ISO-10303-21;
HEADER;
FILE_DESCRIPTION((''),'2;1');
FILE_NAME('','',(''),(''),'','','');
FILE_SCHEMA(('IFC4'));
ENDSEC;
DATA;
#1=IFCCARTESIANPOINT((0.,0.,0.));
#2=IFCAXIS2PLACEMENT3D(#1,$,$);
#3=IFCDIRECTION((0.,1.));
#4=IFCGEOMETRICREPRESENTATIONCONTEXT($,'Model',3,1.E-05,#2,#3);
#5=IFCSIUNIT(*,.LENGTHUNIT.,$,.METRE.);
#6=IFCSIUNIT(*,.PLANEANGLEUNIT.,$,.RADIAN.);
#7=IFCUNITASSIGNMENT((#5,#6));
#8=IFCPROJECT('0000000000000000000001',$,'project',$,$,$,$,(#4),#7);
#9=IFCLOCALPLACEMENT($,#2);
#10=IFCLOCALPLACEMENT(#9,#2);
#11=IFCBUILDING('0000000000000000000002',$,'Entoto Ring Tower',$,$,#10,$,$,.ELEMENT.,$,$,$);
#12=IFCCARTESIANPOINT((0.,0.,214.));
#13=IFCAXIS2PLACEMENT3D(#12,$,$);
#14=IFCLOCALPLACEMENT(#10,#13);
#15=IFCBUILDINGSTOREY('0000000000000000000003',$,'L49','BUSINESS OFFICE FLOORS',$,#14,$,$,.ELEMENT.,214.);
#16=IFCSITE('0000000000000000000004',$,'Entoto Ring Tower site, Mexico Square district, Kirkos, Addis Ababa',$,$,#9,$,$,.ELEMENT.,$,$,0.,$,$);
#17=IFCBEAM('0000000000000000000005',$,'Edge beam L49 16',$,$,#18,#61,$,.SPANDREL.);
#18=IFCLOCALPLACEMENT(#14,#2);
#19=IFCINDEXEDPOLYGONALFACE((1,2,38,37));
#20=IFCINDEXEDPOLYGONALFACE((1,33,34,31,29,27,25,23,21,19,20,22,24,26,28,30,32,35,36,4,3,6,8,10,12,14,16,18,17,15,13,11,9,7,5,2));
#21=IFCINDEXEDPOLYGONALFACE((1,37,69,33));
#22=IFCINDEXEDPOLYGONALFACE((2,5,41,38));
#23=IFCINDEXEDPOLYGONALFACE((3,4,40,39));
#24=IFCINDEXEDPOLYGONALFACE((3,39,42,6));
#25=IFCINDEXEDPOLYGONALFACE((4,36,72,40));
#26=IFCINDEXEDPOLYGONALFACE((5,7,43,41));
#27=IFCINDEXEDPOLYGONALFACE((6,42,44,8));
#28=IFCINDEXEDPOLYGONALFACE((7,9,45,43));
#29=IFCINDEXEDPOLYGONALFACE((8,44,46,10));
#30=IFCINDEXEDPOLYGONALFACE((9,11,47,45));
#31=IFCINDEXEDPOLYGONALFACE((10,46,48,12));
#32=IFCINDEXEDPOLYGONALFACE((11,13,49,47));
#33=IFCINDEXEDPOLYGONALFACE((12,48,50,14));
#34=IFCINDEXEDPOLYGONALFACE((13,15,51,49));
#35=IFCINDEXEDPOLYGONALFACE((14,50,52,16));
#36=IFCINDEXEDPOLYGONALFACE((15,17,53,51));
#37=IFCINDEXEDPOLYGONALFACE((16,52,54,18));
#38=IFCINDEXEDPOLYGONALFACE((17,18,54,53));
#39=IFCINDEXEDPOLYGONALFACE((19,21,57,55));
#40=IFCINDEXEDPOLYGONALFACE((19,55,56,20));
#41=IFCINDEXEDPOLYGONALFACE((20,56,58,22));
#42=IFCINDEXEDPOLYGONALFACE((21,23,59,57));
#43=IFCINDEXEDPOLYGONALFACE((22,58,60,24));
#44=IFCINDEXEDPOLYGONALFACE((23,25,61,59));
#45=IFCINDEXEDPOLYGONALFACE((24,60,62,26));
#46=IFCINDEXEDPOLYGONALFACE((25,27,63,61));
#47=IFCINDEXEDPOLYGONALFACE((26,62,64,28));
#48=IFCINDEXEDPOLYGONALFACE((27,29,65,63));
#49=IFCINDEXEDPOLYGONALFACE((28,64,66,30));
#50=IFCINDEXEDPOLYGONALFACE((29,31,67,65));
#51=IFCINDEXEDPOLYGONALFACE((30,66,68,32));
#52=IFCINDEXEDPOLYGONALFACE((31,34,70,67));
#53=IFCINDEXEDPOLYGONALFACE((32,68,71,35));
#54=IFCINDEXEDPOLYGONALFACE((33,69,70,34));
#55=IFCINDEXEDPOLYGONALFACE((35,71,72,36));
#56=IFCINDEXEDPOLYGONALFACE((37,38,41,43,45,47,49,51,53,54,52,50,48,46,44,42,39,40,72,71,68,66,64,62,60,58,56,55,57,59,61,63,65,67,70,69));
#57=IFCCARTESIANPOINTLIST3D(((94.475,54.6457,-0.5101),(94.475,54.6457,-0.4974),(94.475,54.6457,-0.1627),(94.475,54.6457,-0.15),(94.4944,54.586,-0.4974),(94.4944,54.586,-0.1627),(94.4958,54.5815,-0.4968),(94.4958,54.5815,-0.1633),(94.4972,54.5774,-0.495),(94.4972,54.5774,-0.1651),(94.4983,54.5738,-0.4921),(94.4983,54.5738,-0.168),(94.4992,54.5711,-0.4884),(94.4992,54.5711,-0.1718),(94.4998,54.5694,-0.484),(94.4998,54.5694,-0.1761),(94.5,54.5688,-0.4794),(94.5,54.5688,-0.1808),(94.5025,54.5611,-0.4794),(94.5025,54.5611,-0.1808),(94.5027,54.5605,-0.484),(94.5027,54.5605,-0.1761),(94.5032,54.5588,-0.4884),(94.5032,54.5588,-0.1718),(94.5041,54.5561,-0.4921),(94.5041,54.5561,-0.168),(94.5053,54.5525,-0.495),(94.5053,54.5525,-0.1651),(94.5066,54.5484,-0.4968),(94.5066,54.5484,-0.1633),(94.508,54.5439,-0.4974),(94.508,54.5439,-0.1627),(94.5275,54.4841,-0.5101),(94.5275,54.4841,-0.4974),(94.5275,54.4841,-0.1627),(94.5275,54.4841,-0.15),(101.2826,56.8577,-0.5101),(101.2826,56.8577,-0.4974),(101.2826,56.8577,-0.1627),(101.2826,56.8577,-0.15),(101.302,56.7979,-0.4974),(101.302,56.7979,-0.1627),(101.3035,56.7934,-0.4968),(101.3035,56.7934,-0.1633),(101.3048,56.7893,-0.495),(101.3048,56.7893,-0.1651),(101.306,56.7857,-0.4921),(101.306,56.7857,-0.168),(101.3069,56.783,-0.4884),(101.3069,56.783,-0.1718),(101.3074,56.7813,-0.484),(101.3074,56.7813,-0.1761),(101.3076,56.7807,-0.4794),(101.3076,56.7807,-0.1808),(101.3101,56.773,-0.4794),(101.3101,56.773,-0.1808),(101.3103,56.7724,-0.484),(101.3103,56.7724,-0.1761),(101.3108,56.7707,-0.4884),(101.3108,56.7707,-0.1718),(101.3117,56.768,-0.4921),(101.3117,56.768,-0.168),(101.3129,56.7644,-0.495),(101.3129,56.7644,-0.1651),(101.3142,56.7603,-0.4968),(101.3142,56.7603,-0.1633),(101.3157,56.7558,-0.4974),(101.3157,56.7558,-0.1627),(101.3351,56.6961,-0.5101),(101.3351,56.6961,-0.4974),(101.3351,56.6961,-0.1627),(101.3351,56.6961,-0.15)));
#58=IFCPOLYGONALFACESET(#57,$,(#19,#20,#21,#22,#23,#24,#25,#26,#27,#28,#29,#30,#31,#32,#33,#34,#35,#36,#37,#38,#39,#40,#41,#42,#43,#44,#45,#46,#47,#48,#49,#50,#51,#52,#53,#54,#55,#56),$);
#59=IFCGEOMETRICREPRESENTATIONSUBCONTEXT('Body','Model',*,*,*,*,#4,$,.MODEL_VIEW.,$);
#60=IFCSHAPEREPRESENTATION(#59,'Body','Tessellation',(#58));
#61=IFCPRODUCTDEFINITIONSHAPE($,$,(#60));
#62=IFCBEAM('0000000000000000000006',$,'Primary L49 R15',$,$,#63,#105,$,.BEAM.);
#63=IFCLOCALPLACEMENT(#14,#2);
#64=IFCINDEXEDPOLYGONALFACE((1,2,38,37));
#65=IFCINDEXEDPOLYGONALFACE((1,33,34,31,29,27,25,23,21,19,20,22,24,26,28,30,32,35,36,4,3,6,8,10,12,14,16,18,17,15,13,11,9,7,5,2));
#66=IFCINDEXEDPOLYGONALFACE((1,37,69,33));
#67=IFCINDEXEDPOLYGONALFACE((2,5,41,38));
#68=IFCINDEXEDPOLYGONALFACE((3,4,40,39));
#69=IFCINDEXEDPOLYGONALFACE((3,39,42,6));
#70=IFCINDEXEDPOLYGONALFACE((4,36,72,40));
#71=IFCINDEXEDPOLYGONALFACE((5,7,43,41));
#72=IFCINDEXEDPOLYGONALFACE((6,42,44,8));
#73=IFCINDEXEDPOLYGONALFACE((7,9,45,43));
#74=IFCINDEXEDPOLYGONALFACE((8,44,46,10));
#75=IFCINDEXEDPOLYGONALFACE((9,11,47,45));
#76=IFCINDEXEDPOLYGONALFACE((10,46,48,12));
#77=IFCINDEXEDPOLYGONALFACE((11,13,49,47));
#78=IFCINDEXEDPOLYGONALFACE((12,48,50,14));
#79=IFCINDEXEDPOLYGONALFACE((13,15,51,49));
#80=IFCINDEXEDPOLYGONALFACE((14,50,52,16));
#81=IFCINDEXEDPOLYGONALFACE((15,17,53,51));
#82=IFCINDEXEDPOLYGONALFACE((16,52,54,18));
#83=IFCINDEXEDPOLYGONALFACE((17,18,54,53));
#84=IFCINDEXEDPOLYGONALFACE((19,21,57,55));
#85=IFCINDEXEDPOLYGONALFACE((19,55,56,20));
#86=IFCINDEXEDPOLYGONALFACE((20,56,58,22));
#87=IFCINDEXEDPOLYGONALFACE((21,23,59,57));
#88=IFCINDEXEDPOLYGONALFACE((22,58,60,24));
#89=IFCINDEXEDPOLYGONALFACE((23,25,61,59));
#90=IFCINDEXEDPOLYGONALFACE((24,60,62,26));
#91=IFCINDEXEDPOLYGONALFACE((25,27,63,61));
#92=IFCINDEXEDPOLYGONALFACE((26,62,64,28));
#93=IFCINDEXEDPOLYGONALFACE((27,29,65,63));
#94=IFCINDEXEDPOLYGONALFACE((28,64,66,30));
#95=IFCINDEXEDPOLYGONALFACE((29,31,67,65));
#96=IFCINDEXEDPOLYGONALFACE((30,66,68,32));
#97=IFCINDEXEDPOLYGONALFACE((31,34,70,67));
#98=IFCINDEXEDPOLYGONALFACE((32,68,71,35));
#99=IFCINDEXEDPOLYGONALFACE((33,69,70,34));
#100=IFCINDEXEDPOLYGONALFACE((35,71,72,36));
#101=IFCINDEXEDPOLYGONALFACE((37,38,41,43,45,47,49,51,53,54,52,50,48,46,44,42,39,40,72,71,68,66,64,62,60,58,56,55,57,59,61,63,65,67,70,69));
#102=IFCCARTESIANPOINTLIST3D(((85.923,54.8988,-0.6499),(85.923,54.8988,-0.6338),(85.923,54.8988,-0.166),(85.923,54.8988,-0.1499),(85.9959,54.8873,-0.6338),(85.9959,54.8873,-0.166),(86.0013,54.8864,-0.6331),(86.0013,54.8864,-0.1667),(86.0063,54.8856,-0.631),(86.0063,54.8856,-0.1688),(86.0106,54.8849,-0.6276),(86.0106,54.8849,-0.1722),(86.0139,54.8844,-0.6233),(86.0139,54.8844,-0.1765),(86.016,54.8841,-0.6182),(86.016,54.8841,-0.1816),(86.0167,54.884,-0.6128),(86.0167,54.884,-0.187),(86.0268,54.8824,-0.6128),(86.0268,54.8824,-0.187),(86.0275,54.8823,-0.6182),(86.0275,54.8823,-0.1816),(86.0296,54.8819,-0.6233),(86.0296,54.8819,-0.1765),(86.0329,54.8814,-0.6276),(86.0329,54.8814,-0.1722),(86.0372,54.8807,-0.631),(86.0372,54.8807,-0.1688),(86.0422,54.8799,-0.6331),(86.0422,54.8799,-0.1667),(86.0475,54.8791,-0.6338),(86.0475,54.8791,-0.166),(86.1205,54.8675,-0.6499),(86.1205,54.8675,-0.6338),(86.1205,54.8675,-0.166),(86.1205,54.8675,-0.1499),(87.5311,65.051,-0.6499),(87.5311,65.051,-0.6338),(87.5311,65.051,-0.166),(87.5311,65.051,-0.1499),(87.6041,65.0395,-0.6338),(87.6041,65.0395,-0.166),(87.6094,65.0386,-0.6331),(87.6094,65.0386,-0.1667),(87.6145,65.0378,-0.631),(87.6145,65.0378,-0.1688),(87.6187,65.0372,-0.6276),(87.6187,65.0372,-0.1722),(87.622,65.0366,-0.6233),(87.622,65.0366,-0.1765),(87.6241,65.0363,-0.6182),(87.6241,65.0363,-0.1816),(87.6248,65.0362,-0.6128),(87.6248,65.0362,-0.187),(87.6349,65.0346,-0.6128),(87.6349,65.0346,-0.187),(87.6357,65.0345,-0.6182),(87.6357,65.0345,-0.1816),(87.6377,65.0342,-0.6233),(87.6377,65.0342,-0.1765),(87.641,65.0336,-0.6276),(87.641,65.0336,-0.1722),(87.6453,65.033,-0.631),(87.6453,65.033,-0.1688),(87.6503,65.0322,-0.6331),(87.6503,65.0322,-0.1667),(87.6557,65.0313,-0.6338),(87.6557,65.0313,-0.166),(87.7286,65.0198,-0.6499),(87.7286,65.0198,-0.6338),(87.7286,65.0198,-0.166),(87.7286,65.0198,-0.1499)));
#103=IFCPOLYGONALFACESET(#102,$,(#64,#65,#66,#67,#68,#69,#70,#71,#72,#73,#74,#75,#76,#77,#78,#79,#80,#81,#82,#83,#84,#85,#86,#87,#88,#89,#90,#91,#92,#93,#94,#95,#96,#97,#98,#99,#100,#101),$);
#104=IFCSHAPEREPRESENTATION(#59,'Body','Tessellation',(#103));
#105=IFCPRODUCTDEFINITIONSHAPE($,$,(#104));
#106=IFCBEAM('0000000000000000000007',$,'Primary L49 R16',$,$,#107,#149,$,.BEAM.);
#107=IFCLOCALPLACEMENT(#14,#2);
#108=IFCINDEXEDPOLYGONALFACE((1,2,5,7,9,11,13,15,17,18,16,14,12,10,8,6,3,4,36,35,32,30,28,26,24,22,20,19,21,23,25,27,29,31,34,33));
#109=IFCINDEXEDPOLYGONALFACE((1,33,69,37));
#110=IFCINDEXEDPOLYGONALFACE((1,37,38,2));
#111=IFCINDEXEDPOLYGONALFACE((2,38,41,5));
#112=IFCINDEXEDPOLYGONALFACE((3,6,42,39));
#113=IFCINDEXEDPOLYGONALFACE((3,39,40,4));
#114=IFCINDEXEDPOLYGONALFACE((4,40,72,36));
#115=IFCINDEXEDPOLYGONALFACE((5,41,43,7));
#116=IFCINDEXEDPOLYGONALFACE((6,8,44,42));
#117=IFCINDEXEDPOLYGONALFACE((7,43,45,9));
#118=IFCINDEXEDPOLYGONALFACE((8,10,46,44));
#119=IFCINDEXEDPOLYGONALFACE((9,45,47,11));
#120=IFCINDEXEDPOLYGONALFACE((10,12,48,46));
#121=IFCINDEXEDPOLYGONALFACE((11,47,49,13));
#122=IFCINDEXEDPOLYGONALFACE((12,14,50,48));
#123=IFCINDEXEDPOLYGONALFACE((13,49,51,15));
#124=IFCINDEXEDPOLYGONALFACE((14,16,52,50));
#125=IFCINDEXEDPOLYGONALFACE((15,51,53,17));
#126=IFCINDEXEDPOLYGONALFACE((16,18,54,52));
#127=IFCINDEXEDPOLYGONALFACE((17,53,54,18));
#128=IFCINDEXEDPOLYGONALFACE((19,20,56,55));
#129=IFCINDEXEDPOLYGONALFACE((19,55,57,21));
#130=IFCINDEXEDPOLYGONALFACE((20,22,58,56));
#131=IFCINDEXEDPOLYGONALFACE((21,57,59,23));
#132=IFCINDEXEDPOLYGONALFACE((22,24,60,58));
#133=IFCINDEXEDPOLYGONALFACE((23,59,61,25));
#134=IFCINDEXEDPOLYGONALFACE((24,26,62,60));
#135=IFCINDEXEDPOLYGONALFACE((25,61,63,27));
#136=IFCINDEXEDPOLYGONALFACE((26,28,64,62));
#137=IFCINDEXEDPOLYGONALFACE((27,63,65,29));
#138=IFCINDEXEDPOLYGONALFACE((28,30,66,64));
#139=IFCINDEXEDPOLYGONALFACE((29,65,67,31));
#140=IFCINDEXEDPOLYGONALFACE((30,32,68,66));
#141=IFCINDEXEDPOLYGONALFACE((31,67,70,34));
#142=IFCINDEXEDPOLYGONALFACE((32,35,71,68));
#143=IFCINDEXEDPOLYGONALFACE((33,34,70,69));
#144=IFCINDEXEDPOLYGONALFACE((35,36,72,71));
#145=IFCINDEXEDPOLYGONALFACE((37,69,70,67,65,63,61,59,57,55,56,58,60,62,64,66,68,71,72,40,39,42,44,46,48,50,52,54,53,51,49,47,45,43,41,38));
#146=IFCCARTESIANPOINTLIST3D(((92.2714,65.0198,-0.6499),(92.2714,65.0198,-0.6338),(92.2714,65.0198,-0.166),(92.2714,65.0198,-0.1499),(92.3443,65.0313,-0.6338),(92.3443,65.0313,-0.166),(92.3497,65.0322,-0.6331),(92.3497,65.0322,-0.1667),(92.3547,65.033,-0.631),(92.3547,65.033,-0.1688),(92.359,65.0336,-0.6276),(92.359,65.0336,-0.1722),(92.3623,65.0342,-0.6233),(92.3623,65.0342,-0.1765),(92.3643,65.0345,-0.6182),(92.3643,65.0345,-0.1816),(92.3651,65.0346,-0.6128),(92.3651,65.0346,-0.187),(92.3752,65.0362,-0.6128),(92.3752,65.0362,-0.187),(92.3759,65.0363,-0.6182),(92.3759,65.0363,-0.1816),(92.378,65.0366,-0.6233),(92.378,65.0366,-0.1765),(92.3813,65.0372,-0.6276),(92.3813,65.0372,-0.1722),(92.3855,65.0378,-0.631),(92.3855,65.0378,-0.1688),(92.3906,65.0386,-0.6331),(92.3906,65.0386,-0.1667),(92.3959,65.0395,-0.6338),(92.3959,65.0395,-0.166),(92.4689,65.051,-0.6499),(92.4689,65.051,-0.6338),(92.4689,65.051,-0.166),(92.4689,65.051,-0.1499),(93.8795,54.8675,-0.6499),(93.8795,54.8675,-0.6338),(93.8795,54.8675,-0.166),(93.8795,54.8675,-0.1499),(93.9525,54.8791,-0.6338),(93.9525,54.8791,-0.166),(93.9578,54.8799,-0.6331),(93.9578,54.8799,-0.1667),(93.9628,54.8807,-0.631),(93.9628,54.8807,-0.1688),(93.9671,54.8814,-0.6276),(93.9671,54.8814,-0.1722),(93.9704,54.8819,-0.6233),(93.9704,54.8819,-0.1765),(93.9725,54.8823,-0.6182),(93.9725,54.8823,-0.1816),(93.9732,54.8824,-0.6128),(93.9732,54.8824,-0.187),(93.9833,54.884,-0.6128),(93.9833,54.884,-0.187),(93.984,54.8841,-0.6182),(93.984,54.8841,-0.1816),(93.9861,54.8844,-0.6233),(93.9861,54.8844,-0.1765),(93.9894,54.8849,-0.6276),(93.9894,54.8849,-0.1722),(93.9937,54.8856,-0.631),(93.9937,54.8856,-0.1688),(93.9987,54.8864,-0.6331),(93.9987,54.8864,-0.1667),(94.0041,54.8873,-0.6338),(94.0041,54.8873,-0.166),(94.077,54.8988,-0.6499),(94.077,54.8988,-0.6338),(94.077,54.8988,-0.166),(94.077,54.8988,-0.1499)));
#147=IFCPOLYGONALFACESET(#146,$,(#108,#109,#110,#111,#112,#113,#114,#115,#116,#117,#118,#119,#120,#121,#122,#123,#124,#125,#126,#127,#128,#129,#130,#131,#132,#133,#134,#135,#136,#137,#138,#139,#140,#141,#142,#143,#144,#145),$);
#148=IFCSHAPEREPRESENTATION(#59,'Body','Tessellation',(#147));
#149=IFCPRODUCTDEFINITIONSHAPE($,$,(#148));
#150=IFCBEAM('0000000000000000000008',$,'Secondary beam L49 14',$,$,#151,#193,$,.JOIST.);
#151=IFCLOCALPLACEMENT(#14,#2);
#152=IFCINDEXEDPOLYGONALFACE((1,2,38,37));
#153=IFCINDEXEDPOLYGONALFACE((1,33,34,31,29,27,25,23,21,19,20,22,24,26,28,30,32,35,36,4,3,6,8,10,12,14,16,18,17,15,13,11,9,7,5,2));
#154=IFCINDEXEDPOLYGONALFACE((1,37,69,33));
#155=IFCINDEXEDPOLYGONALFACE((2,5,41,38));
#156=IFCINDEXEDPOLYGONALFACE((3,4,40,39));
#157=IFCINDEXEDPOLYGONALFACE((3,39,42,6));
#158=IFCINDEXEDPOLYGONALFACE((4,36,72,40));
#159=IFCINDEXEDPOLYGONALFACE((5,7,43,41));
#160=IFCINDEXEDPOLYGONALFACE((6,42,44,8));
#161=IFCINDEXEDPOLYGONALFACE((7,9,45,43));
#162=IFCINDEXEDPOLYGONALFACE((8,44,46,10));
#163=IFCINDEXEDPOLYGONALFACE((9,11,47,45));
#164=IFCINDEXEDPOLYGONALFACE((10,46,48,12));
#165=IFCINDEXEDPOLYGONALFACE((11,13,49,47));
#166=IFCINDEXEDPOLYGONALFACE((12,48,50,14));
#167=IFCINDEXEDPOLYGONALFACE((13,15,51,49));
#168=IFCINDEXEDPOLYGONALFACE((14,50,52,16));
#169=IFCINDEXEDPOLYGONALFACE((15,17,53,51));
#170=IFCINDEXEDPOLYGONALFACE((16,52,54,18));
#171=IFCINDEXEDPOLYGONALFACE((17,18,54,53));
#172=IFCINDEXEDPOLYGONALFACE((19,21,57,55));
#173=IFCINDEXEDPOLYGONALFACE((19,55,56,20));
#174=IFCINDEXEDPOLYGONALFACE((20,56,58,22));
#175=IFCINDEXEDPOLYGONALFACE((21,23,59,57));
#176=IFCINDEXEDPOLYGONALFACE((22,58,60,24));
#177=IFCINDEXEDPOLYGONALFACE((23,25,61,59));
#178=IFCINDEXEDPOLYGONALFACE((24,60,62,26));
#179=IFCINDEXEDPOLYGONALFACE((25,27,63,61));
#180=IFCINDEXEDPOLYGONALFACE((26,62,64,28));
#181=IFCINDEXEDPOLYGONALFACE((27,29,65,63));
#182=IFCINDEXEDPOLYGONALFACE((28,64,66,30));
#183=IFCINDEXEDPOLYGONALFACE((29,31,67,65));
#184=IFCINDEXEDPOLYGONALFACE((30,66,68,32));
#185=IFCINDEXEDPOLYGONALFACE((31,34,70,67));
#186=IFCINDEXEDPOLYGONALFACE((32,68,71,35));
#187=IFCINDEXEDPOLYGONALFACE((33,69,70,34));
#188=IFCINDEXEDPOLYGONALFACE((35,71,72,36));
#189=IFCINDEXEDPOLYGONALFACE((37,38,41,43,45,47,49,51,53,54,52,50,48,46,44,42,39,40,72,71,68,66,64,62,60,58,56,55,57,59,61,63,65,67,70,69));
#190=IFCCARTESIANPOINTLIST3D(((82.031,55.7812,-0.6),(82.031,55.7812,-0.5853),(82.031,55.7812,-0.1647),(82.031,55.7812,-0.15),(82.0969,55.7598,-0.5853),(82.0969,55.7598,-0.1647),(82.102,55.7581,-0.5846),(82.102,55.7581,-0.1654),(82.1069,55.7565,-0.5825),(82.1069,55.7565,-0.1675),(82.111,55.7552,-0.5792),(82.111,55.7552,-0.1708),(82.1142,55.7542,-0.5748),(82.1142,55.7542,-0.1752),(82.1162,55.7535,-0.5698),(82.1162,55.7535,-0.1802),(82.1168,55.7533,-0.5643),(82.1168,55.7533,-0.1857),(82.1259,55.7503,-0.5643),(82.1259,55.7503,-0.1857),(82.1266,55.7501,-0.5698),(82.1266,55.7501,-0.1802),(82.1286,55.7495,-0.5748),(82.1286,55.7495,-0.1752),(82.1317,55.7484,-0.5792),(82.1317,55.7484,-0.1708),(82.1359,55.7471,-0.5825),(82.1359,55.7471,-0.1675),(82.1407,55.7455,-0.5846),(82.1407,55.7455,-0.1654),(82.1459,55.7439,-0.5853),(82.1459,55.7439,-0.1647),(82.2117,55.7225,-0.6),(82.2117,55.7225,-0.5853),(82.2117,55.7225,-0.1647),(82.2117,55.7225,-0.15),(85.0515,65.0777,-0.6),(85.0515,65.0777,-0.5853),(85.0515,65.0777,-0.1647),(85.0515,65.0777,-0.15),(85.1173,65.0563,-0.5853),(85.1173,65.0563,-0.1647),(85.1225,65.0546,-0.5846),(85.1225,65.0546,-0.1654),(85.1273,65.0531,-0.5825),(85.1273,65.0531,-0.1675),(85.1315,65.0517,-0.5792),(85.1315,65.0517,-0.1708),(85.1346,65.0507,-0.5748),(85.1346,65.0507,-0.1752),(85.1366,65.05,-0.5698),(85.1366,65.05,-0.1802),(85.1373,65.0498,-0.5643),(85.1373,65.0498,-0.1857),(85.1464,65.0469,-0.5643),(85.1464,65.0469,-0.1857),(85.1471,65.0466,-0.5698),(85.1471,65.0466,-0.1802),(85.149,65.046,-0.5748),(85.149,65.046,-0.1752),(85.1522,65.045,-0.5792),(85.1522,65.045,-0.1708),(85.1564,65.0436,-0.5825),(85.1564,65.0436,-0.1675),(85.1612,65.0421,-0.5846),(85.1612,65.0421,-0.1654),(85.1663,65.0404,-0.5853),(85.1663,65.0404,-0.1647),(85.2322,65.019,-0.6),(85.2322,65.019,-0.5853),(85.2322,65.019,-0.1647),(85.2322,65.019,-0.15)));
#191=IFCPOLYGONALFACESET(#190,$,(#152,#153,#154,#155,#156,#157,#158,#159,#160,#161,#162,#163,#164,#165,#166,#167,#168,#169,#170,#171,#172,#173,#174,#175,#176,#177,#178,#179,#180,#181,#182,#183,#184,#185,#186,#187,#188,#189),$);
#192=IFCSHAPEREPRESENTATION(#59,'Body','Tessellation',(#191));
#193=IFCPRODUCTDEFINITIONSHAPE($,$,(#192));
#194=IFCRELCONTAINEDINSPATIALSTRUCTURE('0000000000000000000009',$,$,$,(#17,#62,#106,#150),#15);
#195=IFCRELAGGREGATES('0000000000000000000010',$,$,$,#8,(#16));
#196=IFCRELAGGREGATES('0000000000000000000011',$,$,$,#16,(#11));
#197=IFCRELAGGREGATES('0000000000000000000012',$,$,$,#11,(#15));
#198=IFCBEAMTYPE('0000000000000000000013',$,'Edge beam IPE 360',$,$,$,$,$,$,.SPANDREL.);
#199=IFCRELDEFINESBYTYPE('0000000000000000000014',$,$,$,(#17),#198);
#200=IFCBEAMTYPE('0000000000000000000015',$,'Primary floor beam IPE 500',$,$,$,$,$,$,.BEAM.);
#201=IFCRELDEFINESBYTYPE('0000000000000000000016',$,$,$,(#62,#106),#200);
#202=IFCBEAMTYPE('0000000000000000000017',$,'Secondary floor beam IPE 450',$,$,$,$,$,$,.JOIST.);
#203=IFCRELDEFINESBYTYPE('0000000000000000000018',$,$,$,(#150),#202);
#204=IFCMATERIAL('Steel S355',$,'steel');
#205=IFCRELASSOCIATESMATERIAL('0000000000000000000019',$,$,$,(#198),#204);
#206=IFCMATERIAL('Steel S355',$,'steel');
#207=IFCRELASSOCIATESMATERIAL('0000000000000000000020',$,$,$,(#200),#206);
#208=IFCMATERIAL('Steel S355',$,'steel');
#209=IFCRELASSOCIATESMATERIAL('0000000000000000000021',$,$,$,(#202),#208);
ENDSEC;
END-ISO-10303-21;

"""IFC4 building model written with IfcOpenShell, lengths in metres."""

from ifc_helpers import new_model, si_unit, direction, frame, origin, origin_2d, place, context, subcontext, project, spatial, i_section, extrude, material, material_profile, profile_set, type_object, element, save


model = new_model("IFC4")

# Units and contexts
model_context = context("Model", 3, precision=1e-05, world=origin(), true_north=direction((0.0, 1.0)))
body_context = subcontext(model_context, "Body", "Model", "MODEL_VIEW")
ifc_project = project(units=[si_unit("LENGTHUNIT", "METRE"), si_unit("PLANEANGLEUNIT", "RADIAN")], contexts=[model_context])

# Site, building, storey
site_placement = place(None, origin())
site = spatial("IfcSite", under=ifc_project, at=site_placement, Name="Entoto Ring Tower site, Mexico Square district, Kirkos, Addis Ababa", CompositionType="ELEMENT", RefElevation=0.0)
building_placement = place(site_placement, origin())
building = spatial("IfcBuilding", under=site, at=building_placement, Name="Entoto Ring Tower", CompositionType="ELEMENT")
storey_placement = place(building_placement, frame((0.0, 0.0, 214.0)))
storey = spatial("IfcBuildingStorey", under=building, at=storey_placement, Name="L49", Description="BUSINESS OFFICE FLOORS", CompositionType="ELEMENT", Elevation=214.0)

# Beams
ifc_material_1 = material(Name="Steel S355", Category="steel")
ifc_material_profile_1 = material_profile(ifc_material_1, i_section(OverallWidth=0.1699, OverallDepth=0.3601, WebThickness=0.0081, FlangeThickness=0.0127, FilletRadius=0.0181, at=origin_2d()), Name="IPE 360")
ifc_profile_set_1 = profile_set([ifc_material_profile_1], Name="Steel S355")
beam_type_1 = type_object("IfcBeamType", Name="Edge beam IPE 360", PredefinedType="SPANDREL", material=ifc_profile_set_1)
beam_1_placement = place(storey_placement, frame((94.5012, 54.5649, -0.3301), z_axis=(0.951057, 0.309015, 0.0), x_axis=(-0.309015, 0.951057, 0.0)))
element("IfcBeam", 1, at=beam_1_placement, inside=storey, type_object=beam_type_1, Name="Edge beam L49 16", PredefinedType="SPANDREL", context=body_context, shape_type="SweptSolid", body=[
    extrude(i_section(OverallWidth=0.1699, OverallDepth=0.3601, WebThickness=0.0081, FlangeThickness=0.0127, FilletRadius=0.0181, at=origin_2d()), origin(), (0.0, 0.0, 1.0), 7.158),
])
ifc_material_2 = material(Name="Steel S355", Category="steel")
ifc_material_profile_2 = material_profile(ifc_material_2, i_section(OverallWidth=0.2, OverallDepth=0.5, WebThickness=0.0103, FlangeThickness=0.0161, FilletRadius=0.021, at=origin_2d()), Name="IPE 500")
ifc_profile_set_2 = profile_set([ifc_material_profile_2], Name="Steel S355")
beam_type_2 = type_object("IfcBeamType", Name="Primary floor beam IPE 500", PredefinedType="BEAM", material=ifc_profile_set_2)
for number, where, z_axis, x_axis, name in (
    (2, (87.6299, 65.0354, -0.3999), (-0.156452, -0.987686, 0.0), (0.987686, -0.156452, 0.0), "Primary L49 R15"),
    (3, (92.3701, 65.0354, -0.3999), (0.156452, -0.987686, 0.0), (0.987686, 0.156452, 0.0), "Primary L49 R16"),
):
    element("IfcBeam", number, at=place(storey_placement, frame(where, z_axis=z_axis, x_axis=x_axis)), inside=storey, type_object=beam_type_2, Name=name, PredefinedType="BEAM", context=body_context, shape_type="SweptSolid", body=[
        extrude(i_section(OverallWidth=0.2, OverallDepth=0.5, WebThickness=0.0103, FlangeThickness=0.0161, FilletRadius=0.021, at=origin_2d()), origin(), (0.0, 0.0, 1.0), 10.2788),
    ])
ifc_material_3 = material(Name="Steel S355", Category="steel")
ifc_material_profile_3 = material_profile(ifc_material_3, i_section(OverallWidth=0.1899, OverallDepth=0.45, WebThickness=0.0095, FlangeThickness=0.0146, FilletRadius=0.021, at=origin_2d()), Name="IPE 450")
ifc_profile_set_3 = profile_set([ifc_material_profile_3], Name="Steel S355")
beam_type_3 = type_object("IfcBeamType", Name="Secondary floor beam IPE 450", PredefinedType="JOIST", material=ifc_profile_set_3)
beam_2_placement = place(storey_placement, frame((85.1418, 65.0483, -0.375), z_axis=(-0.309003, -0.951061, 0.0), x_axis=(0.951061, -0.309003, 0.0)))
element("IfcBeam", 4, at=beam_2_placement, inside=storey, type_object=beam_type_3, Name="Secondary beam L49 14", PredefinedType="JOIST", context=body_context, shape_type="SweptSolid", body=[
    extrude(i_section(OverallWidth=0.1899, OverallDepth=0.45, WebThickness=0.0095, FlangeThickness=0.0146, FilletRadius=0.021, at=origin_2d()), origin(), (0.0, 0.0, 1.0), 9.7749),
])

save(model, "model.ifc")
